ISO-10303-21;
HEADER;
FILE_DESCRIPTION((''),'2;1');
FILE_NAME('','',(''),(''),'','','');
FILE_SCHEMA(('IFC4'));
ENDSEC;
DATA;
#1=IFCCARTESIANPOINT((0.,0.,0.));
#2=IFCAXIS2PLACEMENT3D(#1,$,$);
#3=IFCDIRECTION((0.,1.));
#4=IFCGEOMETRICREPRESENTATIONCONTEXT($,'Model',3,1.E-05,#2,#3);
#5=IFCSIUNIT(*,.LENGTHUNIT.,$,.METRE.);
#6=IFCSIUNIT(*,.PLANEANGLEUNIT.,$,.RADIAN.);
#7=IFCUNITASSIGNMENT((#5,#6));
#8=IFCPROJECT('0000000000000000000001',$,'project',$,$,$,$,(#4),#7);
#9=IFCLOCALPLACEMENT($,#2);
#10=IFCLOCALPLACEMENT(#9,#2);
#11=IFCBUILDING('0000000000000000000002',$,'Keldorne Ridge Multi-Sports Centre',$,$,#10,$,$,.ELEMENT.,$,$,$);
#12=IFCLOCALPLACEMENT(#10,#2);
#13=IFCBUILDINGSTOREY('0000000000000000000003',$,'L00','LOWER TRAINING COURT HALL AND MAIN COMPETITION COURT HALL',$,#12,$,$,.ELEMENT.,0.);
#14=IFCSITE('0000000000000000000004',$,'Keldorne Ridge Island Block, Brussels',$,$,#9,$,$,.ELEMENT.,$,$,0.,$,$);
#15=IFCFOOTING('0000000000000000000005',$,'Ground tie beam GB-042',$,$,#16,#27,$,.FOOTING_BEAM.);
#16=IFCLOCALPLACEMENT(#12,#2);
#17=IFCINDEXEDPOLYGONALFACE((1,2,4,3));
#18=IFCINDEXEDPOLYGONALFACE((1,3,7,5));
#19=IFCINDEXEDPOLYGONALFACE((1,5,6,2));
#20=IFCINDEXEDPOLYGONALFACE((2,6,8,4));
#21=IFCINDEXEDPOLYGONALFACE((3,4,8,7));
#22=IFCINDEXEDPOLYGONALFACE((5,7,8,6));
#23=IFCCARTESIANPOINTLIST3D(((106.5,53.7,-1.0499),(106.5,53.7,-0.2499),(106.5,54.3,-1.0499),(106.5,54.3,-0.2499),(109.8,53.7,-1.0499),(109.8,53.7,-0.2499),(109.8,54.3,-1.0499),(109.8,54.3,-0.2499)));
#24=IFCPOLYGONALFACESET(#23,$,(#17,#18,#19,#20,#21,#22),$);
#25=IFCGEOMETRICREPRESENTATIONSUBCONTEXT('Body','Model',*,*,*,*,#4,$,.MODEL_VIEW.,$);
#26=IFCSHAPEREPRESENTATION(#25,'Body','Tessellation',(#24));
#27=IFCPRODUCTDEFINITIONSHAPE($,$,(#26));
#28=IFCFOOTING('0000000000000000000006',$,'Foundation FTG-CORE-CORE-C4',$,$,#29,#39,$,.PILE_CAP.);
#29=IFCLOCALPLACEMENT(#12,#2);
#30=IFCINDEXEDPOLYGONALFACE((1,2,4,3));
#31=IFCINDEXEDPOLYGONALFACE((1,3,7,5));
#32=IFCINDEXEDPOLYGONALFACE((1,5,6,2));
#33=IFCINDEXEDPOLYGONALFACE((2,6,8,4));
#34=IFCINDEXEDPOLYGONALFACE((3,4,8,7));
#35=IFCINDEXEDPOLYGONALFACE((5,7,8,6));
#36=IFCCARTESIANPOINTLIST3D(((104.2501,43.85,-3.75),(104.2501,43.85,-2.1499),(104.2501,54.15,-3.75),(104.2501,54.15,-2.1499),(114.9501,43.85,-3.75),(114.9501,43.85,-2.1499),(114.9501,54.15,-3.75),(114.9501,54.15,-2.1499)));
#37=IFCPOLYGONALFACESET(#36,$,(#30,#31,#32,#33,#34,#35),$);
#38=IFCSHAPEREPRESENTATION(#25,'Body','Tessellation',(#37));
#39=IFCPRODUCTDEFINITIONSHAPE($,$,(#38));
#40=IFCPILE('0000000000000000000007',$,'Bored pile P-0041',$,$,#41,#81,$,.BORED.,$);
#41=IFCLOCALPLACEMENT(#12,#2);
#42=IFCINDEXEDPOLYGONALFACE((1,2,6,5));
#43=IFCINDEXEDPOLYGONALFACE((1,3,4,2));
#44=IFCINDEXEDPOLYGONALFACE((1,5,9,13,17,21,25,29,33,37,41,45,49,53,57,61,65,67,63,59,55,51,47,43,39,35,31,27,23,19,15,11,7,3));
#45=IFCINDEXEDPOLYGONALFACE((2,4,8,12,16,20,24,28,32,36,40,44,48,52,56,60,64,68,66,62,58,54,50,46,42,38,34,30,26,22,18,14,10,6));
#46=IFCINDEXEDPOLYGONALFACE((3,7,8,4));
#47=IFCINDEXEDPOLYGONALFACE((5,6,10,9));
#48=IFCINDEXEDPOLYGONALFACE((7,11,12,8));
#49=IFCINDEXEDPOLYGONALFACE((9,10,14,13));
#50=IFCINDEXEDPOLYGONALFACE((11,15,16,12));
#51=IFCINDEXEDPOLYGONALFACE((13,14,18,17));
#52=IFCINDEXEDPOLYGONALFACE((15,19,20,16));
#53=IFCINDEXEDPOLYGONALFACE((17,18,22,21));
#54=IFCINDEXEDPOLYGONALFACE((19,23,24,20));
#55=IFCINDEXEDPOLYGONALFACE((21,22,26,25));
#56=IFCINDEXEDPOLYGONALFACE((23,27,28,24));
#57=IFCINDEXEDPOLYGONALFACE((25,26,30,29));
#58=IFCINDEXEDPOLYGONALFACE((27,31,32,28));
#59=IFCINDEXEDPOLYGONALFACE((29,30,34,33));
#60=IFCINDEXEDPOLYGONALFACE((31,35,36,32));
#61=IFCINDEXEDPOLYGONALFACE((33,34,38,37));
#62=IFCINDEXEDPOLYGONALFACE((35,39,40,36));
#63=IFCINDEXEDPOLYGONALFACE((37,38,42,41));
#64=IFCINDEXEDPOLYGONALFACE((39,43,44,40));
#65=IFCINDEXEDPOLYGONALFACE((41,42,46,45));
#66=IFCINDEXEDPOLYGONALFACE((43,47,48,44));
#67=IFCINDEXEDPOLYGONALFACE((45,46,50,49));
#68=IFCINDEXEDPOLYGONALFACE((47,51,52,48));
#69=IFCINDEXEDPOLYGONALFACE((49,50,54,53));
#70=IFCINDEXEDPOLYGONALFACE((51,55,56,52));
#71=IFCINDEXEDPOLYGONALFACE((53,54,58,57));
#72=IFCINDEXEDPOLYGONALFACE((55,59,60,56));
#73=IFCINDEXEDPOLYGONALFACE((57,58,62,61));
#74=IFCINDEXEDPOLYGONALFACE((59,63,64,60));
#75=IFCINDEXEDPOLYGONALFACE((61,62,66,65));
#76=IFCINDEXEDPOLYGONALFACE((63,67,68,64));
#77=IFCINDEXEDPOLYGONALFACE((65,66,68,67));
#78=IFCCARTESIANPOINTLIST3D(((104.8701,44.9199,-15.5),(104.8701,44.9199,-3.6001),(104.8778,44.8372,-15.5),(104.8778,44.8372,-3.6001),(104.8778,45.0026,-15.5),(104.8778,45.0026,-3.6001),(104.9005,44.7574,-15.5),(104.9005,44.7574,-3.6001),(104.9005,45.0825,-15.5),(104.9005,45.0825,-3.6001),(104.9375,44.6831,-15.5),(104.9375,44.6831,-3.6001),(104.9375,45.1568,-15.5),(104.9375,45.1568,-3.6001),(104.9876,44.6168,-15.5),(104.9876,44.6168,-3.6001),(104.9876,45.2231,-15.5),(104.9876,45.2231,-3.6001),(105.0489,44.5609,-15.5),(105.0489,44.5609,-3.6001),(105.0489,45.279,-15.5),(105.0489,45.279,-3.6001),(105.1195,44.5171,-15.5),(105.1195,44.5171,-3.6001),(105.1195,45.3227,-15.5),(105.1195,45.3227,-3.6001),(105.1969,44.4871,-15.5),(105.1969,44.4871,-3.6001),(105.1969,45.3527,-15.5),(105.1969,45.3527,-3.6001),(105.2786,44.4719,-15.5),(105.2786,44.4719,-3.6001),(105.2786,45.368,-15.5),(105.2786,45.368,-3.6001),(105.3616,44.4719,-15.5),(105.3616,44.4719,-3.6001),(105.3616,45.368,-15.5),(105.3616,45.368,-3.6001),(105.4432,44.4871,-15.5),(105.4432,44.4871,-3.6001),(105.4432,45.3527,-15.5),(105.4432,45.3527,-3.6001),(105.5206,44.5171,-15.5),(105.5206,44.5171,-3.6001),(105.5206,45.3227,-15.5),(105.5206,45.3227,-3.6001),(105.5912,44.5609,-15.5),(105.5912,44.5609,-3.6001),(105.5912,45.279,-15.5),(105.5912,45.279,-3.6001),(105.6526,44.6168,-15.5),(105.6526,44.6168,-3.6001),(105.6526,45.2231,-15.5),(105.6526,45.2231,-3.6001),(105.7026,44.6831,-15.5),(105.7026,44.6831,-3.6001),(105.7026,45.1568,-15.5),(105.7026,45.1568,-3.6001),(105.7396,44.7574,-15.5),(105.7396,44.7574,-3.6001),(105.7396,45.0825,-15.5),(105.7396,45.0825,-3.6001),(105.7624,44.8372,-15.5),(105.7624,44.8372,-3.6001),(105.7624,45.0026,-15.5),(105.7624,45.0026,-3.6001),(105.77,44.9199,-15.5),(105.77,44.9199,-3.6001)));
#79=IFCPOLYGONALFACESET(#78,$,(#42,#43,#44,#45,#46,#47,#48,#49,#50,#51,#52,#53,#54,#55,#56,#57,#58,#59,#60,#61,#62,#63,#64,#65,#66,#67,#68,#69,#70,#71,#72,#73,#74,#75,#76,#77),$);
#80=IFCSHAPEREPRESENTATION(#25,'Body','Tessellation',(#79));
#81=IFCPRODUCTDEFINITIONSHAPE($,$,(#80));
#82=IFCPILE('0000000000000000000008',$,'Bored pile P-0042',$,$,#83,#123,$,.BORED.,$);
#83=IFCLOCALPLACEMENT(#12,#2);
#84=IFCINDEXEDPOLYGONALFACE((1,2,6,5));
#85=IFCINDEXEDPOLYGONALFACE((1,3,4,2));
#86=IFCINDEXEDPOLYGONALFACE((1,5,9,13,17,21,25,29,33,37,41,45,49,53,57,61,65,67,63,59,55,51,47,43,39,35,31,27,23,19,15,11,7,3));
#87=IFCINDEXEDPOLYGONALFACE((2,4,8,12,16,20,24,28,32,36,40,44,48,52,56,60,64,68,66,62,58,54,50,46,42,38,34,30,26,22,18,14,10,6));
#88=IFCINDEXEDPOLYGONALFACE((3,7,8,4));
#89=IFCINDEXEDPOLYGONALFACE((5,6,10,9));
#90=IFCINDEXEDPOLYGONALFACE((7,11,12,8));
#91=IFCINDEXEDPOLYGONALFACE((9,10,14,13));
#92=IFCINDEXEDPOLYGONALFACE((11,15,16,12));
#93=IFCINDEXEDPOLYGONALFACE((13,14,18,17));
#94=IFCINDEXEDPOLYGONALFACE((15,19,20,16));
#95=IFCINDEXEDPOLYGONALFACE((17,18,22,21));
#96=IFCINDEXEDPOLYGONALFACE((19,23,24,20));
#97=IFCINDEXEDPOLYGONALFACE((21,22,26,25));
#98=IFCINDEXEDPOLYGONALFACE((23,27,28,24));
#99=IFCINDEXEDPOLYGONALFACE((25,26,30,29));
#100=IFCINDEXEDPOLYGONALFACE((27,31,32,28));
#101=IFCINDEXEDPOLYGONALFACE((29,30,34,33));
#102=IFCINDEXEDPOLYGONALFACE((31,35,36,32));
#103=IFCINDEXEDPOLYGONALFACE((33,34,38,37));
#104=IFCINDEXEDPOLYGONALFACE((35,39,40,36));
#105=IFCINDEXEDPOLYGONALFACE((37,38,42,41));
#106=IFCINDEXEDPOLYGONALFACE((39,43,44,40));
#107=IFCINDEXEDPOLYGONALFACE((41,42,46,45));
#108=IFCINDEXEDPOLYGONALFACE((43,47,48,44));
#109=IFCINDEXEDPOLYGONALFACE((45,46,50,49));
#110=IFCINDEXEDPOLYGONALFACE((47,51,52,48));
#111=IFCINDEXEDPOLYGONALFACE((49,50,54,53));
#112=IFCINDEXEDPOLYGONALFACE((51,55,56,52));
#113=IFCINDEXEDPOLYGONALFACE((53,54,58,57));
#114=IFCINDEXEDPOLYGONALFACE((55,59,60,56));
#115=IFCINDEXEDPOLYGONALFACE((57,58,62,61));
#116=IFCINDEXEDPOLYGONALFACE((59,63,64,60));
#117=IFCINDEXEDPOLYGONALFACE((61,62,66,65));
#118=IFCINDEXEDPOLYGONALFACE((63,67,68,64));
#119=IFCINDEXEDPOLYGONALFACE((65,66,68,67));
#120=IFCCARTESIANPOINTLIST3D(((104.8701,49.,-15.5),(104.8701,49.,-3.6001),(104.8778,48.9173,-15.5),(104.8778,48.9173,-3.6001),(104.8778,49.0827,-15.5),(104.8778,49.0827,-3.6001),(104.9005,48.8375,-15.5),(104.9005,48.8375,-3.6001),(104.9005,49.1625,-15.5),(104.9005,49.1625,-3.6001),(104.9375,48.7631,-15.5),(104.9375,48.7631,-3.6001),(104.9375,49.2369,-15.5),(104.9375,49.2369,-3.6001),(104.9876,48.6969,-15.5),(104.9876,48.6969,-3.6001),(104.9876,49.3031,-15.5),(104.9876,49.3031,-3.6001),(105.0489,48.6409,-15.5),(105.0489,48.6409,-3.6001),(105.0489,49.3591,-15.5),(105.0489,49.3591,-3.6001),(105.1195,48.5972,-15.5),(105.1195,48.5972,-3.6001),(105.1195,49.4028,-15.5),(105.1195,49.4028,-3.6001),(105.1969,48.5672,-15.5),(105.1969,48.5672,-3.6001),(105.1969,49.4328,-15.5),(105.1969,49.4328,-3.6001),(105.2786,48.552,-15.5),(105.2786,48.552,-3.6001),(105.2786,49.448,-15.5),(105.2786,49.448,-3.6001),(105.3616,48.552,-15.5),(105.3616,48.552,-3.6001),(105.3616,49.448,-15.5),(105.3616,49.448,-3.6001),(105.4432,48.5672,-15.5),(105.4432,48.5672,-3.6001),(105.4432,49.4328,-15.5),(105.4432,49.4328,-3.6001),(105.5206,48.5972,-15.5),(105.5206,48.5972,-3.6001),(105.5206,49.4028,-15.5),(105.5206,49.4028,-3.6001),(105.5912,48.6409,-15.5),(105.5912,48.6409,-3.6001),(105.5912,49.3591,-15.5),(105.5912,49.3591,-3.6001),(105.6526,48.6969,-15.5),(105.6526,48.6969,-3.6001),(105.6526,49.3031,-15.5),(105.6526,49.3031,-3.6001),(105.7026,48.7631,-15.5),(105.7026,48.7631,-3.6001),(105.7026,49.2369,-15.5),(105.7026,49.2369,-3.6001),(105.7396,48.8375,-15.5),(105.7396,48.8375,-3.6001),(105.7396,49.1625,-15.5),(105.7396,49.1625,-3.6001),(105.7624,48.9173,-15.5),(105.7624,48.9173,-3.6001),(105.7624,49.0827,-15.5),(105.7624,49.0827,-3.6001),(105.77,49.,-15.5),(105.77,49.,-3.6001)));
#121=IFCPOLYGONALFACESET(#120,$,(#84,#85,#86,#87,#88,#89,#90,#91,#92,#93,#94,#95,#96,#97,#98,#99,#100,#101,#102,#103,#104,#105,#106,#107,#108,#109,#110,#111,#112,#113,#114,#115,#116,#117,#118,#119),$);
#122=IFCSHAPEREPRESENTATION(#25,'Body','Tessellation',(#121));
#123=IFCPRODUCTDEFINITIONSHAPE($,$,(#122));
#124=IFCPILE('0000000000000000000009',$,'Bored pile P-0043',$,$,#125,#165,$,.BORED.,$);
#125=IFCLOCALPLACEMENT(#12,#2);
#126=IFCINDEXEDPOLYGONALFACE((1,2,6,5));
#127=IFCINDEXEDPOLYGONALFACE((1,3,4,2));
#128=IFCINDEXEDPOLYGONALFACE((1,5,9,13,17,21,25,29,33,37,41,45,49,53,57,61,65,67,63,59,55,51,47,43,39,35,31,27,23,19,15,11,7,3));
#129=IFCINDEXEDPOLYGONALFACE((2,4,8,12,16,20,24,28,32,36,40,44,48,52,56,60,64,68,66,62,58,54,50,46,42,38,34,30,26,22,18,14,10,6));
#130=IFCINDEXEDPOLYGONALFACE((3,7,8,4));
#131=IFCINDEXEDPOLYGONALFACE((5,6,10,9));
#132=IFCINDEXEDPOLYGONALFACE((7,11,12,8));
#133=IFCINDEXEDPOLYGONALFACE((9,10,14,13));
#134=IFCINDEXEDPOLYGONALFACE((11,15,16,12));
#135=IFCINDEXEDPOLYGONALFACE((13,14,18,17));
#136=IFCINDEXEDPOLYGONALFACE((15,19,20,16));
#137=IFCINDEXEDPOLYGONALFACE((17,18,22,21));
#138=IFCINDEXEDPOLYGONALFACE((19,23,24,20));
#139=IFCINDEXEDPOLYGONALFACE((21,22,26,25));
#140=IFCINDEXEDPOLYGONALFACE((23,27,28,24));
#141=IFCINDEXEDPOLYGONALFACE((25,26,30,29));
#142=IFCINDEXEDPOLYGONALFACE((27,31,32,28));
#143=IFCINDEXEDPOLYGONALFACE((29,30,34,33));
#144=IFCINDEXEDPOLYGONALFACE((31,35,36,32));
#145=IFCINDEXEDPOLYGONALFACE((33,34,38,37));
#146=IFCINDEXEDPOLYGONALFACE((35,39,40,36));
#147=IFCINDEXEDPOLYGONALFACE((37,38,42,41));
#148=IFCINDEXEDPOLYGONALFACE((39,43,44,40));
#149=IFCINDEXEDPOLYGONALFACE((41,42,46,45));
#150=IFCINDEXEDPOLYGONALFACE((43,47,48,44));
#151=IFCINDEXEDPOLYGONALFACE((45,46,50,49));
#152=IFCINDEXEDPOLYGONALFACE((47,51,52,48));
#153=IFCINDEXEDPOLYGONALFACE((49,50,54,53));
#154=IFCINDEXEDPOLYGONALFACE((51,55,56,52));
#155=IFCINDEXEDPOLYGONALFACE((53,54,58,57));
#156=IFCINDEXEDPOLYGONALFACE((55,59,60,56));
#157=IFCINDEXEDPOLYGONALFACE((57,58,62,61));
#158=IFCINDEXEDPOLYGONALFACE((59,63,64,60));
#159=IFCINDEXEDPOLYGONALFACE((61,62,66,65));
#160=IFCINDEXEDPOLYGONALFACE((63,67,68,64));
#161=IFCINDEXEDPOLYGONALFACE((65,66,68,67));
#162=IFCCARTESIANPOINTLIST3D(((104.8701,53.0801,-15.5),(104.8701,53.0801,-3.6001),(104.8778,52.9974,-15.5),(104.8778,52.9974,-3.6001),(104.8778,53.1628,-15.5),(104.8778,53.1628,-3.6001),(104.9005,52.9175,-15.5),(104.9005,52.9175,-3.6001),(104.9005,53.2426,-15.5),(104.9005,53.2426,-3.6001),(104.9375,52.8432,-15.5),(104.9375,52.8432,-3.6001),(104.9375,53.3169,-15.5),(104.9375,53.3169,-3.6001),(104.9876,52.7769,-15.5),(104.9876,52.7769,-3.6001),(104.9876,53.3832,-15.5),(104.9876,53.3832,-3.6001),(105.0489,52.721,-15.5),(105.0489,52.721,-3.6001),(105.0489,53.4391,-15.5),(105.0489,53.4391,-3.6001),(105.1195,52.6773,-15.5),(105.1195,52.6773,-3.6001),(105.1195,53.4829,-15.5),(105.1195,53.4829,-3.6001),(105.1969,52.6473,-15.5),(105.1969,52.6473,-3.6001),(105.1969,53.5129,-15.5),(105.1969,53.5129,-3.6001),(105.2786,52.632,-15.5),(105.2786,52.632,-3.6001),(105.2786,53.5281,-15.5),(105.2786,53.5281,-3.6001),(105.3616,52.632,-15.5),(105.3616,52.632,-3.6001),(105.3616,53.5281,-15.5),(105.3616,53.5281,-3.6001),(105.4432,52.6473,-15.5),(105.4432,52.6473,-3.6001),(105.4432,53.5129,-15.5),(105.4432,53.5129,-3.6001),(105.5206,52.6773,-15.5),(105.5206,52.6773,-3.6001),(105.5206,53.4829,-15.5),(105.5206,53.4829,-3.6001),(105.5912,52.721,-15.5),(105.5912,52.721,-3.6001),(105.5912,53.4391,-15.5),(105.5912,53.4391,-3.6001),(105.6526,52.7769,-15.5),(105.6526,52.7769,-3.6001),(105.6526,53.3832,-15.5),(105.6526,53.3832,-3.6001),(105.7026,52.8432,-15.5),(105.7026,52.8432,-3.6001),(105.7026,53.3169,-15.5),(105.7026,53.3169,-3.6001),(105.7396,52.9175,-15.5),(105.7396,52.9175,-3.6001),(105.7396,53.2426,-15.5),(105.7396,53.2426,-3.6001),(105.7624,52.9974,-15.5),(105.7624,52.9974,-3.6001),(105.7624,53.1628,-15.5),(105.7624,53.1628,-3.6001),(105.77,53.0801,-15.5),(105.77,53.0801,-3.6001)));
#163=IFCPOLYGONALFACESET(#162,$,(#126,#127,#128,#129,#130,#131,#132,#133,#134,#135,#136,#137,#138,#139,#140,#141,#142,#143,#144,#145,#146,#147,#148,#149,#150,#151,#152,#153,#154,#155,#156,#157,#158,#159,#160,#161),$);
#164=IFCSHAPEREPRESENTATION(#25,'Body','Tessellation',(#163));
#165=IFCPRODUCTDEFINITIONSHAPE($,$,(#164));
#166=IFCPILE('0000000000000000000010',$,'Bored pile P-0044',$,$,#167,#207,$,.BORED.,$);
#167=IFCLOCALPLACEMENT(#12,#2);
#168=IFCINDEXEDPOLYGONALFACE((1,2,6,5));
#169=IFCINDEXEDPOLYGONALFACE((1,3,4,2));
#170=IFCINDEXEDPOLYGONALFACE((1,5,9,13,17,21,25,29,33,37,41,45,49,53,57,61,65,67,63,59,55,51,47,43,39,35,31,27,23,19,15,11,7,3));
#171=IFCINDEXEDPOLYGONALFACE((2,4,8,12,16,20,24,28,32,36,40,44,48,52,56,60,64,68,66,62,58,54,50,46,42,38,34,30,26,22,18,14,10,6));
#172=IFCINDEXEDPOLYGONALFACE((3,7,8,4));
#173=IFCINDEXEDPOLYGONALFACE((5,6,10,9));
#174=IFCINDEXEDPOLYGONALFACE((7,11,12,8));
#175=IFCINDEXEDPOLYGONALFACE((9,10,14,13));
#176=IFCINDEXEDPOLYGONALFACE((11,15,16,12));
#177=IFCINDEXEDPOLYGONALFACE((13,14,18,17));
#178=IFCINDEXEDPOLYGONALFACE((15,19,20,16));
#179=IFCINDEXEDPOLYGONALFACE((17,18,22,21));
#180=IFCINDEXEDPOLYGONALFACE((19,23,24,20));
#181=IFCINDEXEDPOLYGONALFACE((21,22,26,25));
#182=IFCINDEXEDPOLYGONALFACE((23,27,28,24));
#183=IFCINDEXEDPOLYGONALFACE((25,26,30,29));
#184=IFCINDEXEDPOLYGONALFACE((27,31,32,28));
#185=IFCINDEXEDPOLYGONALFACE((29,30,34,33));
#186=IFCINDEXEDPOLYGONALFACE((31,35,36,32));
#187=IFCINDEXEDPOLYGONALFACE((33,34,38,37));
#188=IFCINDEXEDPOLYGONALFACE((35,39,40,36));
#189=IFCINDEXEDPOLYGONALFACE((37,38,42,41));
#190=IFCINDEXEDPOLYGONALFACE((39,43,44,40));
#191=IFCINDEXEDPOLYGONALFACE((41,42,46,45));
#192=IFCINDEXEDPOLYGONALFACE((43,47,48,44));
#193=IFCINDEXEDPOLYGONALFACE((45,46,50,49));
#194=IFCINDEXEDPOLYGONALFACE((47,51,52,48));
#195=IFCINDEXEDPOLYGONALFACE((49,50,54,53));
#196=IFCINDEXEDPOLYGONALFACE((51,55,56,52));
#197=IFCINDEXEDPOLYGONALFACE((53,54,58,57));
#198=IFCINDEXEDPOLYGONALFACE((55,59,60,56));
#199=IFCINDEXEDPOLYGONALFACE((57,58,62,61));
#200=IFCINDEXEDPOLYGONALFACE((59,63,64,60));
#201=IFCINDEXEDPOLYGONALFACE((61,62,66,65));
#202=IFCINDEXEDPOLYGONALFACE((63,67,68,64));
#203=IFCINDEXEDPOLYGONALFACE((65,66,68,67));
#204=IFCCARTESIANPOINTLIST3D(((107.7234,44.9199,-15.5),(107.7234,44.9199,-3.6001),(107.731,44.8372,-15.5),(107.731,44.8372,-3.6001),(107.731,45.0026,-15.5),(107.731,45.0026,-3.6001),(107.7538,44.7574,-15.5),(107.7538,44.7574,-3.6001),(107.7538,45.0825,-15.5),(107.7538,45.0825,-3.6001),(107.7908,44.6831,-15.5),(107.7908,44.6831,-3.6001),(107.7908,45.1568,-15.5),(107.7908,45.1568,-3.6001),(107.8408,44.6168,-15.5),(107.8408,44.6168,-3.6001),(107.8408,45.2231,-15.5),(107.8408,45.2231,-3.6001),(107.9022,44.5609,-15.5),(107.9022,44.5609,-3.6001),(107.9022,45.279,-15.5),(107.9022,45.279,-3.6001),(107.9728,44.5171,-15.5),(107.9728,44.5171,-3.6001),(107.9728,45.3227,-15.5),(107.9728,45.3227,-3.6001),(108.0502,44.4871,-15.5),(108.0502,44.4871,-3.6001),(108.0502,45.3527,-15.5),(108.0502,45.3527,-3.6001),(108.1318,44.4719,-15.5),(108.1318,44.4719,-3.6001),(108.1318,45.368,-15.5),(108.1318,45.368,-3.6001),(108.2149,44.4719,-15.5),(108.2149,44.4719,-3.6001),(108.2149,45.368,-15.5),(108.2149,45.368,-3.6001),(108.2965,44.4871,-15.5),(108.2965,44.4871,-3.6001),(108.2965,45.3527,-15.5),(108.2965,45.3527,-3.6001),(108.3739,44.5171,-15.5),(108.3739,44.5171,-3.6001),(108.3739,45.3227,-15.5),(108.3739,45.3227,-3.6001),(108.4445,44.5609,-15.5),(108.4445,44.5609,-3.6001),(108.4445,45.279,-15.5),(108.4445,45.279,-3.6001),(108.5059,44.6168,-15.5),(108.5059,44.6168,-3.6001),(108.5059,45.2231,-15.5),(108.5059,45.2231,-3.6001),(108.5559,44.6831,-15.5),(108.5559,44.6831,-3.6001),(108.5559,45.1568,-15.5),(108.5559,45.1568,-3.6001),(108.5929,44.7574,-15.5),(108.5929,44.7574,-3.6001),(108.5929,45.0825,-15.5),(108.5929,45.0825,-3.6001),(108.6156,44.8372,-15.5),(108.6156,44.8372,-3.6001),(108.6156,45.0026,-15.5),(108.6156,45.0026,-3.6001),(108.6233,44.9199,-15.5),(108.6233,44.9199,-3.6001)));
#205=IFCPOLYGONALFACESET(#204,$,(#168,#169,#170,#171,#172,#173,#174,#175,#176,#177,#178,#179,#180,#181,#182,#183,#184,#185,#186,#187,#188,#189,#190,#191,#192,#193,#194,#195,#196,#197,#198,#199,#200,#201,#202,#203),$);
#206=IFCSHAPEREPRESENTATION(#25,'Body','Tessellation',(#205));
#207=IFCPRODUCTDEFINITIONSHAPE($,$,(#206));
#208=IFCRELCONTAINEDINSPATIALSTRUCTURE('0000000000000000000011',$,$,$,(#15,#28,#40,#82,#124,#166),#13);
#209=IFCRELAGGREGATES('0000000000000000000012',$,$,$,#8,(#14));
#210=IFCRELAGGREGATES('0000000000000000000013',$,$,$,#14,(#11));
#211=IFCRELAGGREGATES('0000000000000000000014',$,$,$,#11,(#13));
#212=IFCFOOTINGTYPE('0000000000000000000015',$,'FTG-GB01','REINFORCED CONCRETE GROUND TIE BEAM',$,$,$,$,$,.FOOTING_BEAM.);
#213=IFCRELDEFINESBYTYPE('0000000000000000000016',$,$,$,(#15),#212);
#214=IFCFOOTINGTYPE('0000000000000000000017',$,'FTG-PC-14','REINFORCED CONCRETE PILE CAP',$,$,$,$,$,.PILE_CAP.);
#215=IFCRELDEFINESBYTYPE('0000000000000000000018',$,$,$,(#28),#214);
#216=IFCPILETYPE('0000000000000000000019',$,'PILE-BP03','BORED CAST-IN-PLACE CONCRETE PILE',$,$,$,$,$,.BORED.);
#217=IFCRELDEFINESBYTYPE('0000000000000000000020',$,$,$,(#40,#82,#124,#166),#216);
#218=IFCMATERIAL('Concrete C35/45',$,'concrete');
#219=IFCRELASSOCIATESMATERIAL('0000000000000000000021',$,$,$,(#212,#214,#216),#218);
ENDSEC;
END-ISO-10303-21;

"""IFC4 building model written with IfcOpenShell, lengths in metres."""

from ifc_helpers import new_model, si_unit, direction, frame, origin, origin_2d, place, context, subcontext, project, spatial, rectangle, circle, extrude, material, material_profile, profile_set, type_object, element, save


model = new_model("IFC4")

# Units and contexts
model_context = context("Model", 3, precision=1e-05, world=origin(), true_north=direction((0.0, 1.0)))
body_context = subcontext(model_context, "Body", "Model", "MODEL_VIEW")
ifc_project = project(units=[si_unit("LENGTHUNIT", "METRE"), si_unit("PLANEANGLEUNIT", "RADIAN")], contexts=[model_context])

# Site, building, storey
site_placement = place(None, origin())
site = spatial("IfcSite", under=ifc_project, at=site_placement, Name="Keldorne Ridge Island Block, Brussels", CompositionType="ELEMENT", RefElevation=0.0)
building_placement = place(site_placement, origin())
building = spatial("IfcBuilding", under=site, at=building_placement, Name="Keldorne Ridge Multi-Sports Centre", CompositionType="ELEMENT")
storey_placement = place(building_placement, origin())
storey = spatial("IfcBuildingStorey", under=building, at=storey_placement, Name="L00", Description="LOWER TRAINING COURT HALL AND MAIN COMPETITION COURT HALL", CompositionType="ELEMENT", Elevation=0.0)

# Footings
ifc_material_1 = material(Name="Concrete C35/45", Category="concrete")
ifc_material_profile_1 = material_profile(ifc_material_1, rectangle(XDim=0.6001, YDim=0.8, at=origin_2d()), Name="GB 600x800")
ifc_profile_set_1 = profile_set([ifc_material_profile_1], Name="Concrete C35/45")
footing_type_1 = type_object("IfcFootingType", Name="FTG-GB01", Description="REINFORCED CONCRETE GROUND TIE BEAM", PredefinedType="FOOTING_BEAM", material=ifc_profile_set_1)
footing_1_placement = place(storey_placement, frame((106.5, 54.0, -0.6499), z_axis=(1.0, 0.0, 0.0), x_axis=(0.0, 1.0, 0.0)))
element("IfcFooting", 1, at=footing_1_placement, inside=storey, type_object=footing_type_1, Name="Ground tie beam GB-042", PredefinedType="FOOTING_BEAM", context=body_context, shape_type="SweptSolid", body=[
    extrude(rectangle(XDim=0.6001, YDim=0.8, at=origin_2d()), origin(), (0.0, 0.0, 1.0), 3.3),
])
footing_type_2 = type_object("IfcFootingType", Name="FTG-PC-14", Description="REINFORCED CONCRETE PILE CAP", PredefinedType="PILE_CAP", material=ifc_material_1)
footing_2_placement = place(storey_placement, frame((109.6001, 49.0, -3.75), z_axis=(0.0, 0.0, 1.0), x_axis=(1.0, 0.0, 0.0)))
element("IfcFooting", 2, at=footing_2_placement, inside=storey, type_object=footing_type_2, Name="Foundation FTG-CORE-CORE-C4", PredefinedType="PILE_CAP", context=body_context, shape_type="SweptSolid", body=[
    extrude(rectangle(XDim=10.7, YDim=10.3, at=origin_2d()), origin(), (0.0, 0.0, 1.0), 1.6001),
])

# Piles
ifc_material_profile_2 = material_profile(ifc_material_1, circle(Radius=0.45, at=origin_2d()), Name="BORED PILE D900")
ifc_profile_set_2 = profile_set([ifc_material_profile_2], Name="Concrete C35/45")
pile_type = type_object("IfcPileType", Name="PILE-BP03", Description="BORED CAST-IN-PLACE CONCRETE PILE", PredefinedType="BORED", material=ifc_profile_set_2)
for number, where, z_axis, x_axis, name in (
    (3, (105.3201, 44.9199, -3.6001), (0.0, 0.0, -1.0), (1.0, 0.0, 0.0), "Bored pile P-0041"),
    (4, (105.3201, 49.0, -3.6001), (0.0, 0.0, -1.0), (1.0, 0.0, 0.0), "Bored pile P-0042"),
    (5, (105.3201, 53.0801, -3.6001), (0.0, 0.0, -1.0), (1.0, 0.0, 0.0), "Bored pile P-0043"),
    (6, (108.1733, 44.9199, -3.6001), (0.0, 0.0, -1.0), (1.0, 0.0, 0.0), "Bored pile P-0044"),
):
    element("IfcPile", number, at=place(storey_placement, frame(where, z_axis=z_axis, x_axis=x_axis)), inside=storey, type_object=pile_type, Name=name, PredefinedType="BORED", context=body_context, shape_type="SweptSolid", body=[
        extrude(circle(Radius=0.45, at=origin_2d()), origin(), (0.0, 0.0, 1.0), 11.8999),
    ])

save(model, "model.ifc")
